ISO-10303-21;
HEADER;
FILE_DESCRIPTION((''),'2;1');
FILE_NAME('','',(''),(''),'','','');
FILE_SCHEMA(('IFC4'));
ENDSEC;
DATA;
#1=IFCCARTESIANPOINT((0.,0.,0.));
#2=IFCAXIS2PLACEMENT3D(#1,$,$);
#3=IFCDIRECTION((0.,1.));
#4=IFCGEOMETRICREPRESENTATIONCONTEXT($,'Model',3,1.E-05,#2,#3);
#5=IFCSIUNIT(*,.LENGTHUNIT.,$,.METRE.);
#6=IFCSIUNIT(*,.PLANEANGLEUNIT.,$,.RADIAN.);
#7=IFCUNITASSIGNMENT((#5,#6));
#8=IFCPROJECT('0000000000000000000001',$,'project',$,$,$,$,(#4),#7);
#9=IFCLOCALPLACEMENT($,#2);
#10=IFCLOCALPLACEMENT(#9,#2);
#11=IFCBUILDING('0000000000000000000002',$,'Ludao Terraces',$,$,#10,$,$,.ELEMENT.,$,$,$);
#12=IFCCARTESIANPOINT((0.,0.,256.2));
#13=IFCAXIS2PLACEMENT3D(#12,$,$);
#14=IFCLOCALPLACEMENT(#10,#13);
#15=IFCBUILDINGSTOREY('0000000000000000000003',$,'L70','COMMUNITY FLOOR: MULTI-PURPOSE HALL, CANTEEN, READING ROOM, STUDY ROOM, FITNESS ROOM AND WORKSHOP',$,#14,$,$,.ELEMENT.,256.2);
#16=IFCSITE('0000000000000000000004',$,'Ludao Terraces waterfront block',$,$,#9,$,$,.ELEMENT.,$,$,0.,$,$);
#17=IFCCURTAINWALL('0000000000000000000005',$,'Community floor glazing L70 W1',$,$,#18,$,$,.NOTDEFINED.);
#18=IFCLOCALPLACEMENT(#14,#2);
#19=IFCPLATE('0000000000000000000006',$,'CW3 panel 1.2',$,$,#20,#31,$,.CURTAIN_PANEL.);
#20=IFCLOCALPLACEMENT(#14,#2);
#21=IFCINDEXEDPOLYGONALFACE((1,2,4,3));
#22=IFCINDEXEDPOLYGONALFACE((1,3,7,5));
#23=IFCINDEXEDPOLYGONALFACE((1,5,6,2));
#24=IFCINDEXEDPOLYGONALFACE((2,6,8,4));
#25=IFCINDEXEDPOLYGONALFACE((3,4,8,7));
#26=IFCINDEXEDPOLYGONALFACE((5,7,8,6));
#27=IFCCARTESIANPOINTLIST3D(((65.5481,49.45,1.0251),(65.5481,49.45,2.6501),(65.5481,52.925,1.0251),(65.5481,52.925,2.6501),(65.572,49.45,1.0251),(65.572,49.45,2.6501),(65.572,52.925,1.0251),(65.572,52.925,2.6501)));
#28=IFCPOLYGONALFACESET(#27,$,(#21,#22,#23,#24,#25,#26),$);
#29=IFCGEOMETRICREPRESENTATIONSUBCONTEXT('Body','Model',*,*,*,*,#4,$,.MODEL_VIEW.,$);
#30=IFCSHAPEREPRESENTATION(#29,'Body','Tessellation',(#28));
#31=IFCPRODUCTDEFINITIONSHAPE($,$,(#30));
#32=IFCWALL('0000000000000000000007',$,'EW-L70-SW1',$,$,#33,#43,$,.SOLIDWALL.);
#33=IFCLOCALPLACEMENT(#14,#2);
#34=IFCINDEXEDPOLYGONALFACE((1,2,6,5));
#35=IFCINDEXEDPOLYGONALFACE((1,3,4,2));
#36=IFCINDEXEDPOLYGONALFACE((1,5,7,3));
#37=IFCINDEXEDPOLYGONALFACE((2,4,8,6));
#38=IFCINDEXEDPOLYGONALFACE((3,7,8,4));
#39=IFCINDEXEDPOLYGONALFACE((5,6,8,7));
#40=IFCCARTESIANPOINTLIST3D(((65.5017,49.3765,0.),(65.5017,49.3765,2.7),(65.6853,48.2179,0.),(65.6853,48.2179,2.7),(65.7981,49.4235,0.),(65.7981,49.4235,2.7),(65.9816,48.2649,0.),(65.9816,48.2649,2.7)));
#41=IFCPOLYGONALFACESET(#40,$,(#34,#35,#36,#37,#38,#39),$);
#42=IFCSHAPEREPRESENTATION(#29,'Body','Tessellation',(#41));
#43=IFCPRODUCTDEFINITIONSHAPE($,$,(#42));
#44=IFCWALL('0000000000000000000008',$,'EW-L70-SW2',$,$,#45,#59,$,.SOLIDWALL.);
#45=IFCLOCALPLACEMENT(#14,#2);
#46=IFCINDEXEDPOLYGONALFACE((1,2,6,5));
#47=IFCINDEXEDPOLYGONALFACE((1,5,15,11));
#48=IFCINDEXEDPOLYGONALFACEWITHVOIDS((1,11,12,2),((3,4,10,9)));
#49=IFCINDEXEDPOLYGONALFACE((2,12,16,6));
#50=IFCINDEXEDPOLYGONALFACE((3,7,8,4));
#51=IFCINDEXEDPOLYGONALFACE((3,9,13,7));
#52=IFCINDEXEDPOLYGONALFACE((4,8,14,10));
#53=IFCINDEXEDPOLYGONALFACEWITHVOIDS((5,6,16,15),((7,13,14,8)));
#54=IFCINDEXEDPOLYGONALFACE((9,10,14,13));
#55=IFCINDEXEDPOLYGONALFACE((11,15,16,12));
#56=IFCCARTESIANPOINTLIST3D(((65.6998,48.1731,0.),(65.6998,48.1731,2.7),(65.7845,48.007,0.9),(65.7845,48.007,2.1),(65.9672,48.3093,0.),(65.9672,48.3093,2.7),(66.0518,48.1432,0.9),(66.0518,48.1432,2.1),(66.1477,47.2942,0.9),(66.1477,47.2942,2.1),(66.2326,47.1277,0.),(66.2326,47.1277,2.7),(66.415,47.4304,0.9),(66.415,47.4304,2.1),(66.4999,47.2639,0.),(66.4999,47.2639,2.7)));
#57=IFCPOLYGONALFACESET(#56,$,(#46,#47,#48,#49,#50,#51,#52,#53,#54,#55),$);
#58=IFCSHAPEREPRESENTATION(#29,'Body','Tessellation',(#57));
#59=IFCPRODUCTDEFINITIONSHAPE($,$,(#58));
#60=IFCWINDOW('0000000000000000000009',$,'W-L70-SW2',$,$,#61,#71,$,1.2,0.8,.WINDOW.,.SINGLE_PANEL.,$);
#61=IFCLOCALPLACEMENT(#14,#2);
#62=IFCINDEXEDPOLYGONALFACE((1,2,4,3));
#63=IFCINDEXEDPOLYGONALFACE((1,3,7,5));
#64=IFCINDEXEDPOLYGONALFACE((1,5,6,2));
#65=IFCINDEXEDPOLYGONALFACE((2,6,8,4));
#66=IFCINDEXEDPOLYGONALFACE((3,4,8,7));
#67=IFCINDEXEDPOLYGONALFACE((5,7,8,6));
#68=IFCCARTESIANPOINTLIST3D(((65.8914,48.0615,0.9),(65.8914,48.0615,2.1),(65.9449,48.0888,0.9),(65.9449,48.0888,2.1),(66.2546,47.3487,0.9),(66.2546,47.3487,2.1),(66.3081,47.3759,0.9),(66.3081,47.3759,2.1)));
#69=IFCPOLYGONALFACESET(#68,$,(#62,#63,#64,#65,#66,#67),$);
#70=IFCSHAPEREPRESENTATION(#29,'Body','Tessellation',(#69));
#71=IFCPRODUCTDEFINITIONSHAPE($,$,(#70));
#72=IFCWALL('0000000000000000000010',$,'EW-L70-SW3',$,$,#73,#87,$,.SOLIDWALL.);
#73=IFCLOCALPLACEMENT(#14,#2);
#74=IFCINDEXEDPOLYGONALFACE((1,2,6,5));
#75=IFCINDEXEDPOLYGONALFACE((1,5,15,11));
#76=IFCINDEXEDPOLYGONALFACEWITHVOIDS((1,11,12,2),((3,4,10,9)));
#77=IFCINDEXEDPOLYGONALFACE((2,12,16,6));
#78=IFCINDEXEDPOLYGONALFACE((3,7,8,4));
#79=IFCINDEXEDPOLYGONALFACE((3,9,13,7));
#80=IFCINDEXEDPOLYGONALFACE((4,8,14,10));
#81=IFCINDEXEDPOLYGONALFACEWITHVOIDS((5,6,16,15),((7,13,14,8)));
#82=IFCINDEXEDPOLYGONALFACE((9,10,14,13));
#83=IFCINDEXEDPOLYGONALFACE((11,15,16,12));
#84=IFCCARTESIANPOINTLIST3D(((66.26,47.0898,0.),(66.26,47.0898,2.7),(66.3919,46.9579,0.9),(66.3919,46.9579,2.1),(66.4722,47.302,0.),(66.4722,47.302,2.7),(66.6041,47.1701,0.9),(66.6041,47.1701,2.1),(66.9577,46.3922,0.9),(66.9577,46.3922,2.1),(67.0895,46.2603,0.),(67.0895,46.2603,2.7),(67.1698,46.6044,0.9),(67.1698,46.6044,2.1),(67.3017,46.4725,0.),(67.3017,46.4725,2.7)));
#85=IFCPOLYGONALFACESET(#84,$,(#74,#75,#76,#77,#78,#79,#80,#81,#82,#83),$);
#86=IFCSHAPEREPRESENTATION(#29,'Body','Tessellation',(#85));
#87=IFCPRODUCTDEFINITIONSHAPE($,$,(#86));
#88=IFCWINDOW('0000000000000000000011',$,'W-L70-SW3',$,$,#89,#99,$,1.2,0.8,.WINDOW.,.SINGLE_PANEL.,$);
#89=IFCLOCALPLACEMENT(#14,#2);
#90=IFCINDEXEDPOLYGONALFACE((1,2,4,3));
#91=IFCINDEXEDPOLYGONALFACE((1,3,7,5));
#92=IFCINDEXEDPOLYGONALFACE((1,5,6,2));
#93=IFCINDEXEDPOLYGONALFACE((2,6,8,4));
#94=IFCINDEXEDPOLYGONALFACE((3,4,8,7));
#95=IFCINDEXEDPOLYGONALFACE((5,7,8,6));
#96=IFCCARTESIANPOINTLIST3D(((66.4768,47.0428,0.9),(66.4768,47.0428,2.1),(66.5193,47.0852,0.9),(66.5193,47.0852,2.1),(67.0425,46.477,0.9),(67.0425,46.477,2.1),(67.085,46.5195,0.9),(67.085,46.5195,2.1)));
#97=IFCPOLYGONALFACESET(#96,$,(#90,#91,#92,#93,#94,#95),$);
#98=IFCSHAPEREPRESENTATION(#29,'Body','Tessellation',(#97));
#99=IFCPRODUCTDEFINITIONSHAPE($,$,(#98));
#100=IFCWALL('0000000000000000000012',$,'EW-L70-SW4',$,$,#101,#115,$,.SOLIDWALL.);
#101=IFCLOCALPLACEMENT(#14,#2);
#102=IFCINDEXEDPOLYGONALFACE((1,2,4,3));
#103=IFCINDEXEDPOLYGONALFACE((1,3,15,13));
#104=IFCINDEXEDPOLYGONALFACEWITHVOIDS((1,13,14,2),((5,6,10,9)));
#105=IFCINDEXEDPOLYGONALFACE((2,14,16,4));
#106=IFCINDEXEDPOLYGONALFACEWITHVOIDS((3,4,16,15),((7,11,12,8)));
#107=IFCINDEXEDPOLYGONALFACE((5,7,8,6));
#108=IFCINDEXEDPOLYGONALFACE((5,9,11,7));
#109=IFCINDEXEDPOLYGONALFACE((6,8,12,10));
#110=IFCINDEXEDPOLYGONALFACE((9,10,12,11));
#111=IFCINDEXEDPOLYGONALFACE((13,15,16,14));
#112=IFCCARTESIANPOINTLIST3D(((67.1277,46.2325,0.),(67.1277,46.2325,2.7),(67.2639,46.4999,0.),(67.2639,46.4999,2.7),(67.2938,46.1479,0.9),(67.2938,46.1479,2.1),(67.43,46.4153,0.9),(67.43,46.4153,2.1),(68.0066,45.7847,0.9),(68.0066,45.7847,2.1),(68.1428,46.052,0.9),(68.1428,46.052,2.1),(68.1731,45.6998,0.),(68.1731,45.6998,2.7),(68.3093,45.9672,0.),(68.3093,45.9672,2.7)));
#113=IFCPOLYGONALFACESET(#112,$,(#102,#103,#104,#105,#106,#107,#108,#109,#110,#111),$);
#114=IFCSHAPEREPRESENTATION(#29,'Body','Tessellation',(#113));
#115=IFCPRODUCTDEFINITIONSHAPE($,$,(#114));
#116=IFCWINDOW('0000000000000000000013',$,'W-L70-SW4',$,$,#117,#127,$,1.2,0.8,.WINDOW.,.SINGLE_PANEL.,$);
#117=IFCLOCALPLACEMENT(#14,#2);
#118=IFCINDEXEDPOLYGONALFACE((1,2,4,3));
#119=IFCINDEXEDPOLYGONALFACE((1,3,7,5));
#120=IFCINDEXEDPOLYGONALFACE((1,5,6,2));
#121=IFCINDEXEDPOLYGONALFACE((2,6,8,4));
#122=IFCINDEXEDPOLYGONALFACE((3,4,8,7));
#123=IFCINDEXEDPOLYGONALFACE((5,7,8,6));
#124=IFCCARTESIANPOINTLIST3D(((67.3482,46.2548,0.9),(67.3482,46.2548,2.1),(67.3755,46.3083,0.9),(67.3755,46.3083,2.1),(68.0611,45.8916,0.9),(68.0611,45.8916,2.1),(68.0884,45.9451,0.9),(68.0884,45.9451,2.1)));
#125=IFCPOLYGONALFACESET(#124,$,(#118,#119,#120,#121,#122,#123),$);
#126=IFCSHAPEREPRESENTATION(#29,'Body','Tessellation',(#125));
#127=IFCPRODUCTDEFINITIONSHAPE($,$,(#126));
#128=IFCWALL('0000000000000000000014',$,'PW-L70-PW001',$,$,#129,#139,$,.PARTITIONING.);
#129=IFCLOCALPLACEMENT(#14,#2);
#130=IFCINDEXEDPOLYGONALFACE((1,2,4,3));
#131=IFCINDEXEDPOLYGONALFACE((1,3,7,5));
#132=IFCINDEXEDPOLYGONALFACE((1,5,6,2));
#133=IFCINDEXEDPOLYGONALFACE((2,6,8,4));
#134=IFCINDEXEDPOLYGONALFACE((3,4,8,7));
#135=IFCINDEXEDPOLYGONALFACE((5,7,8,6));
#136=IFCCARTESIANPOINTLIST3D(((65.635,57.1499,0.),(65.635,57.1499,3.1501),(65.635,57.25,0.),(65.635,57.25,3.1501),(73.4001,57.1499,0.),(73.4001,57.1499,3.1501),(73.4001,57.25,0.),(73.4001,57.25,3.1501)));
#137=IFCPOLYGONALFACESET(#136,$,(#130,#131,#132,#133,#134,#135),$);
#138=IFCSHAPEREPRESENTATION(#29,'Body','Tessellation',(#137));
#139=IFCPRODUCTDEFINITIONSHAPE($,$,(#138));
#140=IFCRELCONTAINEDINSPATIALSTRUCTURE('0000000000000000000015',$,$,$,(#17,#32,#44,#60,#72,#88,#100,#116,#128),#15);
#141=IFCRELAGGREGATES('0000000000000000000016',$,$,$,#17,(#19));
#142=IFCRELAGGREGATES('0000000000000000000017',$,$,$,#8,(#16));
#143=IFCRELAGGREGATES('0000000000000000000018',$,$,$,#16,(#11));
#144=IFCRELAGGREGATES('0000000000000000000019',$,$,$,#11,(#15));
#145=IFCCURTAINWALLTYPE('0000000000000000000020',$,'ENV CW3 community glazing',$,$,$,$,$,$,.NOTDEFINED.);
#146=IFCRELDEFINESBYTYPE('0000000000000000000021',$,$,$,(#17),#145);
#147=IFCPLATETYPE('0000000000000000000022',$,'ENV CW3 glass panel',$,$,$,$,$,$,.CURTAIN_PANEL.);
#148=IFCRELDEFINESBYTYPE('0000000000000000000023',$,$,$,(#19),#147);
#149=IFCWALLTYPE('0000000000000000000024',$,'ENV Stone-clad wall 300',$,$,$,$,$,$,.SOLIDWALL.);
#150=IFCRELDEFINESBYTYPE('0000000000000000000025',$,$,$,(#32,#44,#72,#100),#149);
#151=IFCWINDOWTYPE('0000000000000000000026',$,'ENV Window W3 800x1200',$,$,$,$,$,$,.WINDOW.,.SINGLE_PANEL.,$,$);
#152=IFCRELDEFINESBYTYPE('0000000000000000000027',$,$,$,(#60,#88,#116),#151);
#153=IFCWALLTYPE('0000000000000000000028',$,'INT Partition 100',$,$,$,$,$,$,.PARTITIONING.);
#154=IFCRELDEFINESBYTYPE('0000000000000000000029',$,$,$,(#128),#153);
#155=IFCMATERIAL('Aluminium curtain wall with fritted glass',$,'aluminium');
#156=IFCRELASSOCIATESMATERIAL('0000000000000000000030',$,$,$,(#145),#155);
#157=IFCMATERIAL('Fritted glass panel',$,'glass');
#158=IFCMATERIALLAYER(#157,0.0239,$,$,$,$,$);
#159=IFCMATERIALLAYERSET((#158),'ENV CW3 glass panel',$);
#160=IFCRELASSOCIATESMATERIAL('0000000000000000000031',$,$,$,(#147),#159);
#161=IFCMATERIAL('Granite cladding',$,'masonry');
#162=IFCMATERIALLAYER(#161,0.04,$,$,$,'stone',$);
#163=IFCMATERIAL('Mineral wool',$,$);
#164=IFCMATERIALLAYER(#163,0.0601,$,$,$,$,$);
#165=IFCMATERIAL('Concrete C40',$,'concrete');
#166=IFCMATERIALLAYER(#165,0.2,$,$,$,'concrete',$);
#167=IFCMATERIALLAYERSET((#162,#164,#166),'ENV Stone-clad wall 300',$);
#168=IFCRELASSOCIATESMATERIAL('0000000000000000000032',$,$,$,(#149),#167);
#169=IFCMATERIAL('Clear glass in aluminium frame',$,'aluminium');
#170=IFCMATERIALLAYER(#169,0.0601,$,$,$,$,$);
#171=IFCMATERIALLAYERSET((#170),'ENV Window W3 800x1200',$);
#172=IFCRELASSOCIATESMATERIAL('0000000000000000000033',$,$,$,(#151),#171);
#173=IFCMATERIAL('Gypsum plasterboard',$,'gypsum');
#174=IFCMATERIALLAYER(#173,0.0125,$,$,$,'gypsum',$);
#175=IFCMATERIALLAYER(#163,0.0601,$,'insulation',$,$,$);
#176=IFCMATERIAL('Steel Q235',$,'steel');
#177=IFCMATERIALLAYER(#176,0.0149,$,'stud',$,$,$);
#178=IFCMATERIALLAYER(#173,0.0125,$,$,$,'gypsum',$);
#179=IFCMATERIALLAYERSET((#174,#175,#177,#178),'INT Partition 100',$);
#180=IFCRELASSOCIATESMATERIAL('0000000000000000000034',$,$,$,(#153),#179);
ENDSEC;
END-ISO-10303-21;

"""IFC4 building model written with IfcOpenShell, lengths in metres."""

from ifc_helpers import new_model, si_unit, direction, frame, frame_2d, origin, origin_2d, place, context, subcontext, project, spatial, rectangle, extrude, material, layer, layer_set, type_object, element, fill, aggregate, save


model = new_model("IFC4")

# Units and contexts
model_context = context("Model", 3, precision=1e-05, world=origin(), true_north=direction((0.0, 1.0)))
body_context = subcontext(model_context, "Body", "Model", "MODEL_VIEW")
ifc_project = project(units=[si_unit("LENGTHUNIT", "METRE"), si_unit("PLANEANGLEUNIT", "RADIAN")], contexts=[model_context])

# Site, building, storey
site_placement = place(None, origin())
site = spatial("IfcSite", under=ifc_project, at=site_placement, Name="Ludao Terraces waterfront block", CompositionType="ELEMENT", RefElevation=0.0)
building_placement = place(site_placement, origin())
building = spatial("IfcBuilding", under=site, at=building_placement, Name="Ludao Terraces", CompositionType="ELEMENT")
storey_placement = place(building_placement, frame((0.0, 0.0, 256.2)))
storey = spatial("IfcBuildingStorey", under=building, at=storey_placement, Name="L70", Description="COMMUNITY FLOOR: MULTI-PURPOSE HALL, CANTEEN, READING ROOM, STUDY ROOM, FITNESS ROOM AND WORKSHOP", CompositionType="ELEMENT", Elevation=256.2)

# Shared definitions
ifc_material_1 = material(Name="Concrete C40", Category="concrete")

# Curtain wall
ifc_material_2 = material(Name="Aluminium curtain wall with fritted glass", Category="aluminium")
curtain_wall_type = type_object("IfcCurtainWallType", Name="ENV CW3 community glazing", PredefinedType="NOTDEFINED", material=ifc_material_2)
curtain_wall_placement = place(storey_placement, origin())
curtain_wall = element("IfcCurtainWall", 1, at=curtain_wall_placement, inside=storey, type_object=curtain_wall_type, Name="Community floor glazing L70 W1", PredefinedType="NOTDEFINED")

# Plate
ifc_material_3 = material(Name="Fritted glass panel", Category="glass")
ifc_layer_1 = layer(ifc_material_3, 0.0239)
ifc_layer_set_1 = layer_set([ifc_layer_1], Name="ENV CW3 glass panel")
plate_type = type_object("IfcPlateType", Name="ENV CW3 glass panel", PredefinedType="CURTAIN_PANEL", material=ifc_layer_set_1)
plate_1_placement = place(storey_placement, frame((65.5601, 51.1875, 1.0251), z_axis=(0.0, 0.0, 1.0), x_axis=(0.0, 1.0, 0.0)))
plate_1 = element("IfcPlate", 2, at=plate_1_placement, type_object=plate_type, Name="CW3 panel 1.2", PredefinedType="CURTAIN_PANEL", context=body_context, shape_type="SweptSolid", body=[
    extrude(rectangle(XDim=3.4751, YDim=0.0239, at=origin_2d()), origin(), (0.0, 0.0, 1.0), 1.625),
])
aggregate(curtain_wall, [plate_1])

# Shared definitions
ifc_material_4 = material(Name="Granite cladding", Category="masonry")
ifc_layer_2 = layer(ifc_material_4, 0.04, Category="stone")
ifc_material_5 = material(Name="Mineral wool")
ifc_layer_3 = layer(ifc_material_5, 0.0601)
ifc_layer_4 = layer(ifc_material_1, 0.2, Category="concrete")
ifc_layer_set_2 = layer_set([ifc_layer_2, ifc_layer_3, ifc_layer_4], Name="ENV Stone-clad wall 300")
wall_type_1 = type_object("IfcWallType", Name="ENV Stone-clad wall 300", PredefinedType="SOLIDWALL", material=ifc_layer_set_2)
ifc_material_6 = material(Name="Clear glass in aluminium frame", Category="aluminium")

# Wall
wall_1_placement = place(storey_placement, frame((65.6499, 49.3999, 0.0), z_axis=(0.0, 0.0, 1.0), x_axis=(0.156497, -0.987678, 0.0)))
element("IfcWall", 3, at=wall_1_placement, inside=storey, type_object=wall_type_1, Name="EW-L70-SW1", PredefinedType="SOLIDWALL", context=body_context, shape_type="SweptSolid", body=[
    extrude(rectangle(XDim=1.1731, YDim=0.3, at=frame_2d((0.5864, 0.0))), origin(), (0.0, 0.0, 1.0), 2.7),
])

# Walls, openings, windows
wall_2_placement = place(storey_placement, frame((65.8335, 48.2412, 0.0), z_axis=(0.0, 0.0, 1.0), x_axis=(0.454026, -0.890989, 0.0)))
wall_2 = element("IfcWall", 4, at=wall_2_placement, inside=storey, type_object=wall_type_1, Name="EW-L70-SW2", PredefinedType="SOLIDWALL", context=body_context, shape_type="SweptSolid", body=[
    extrude(rectangle(XDim=1.1733, YDim=0.3, at=frame_2d((0.5867, 0.0))), origin(), (0.0, 0.0, 1.0), 2.7),
])
opening_1_placement = place(wall_2_placement, frame((0.1865, 0.0, 0.8999)))
opening_1 = element("IfcOpeningElement", 5, at=opening_1_placement, cuts=wall_2, PredefinedType="OPENING", context=body_context, shape_type="SweptSolid", body=[
    extrude(rectangle(XDim=0.8, YDim=1.2, at=frame_2d((0.3999, 0.6001))), frame((0.0, 0.1602, 0.0), z_axis=(0.0, -1.0, 0.0), x_axis=(1.0, 0.0, 0.0)), (0.0, 0.0, 1.0), 0.3201),
])
ifc_layer_5 = layer(ifc_material_6, 0.0601)
ifc_layer_set_3 = layer_set([ifc_layer_5], Name="ENV Window W3 800x1200")
window_type_1 = type_object("IfcWindowType", Name="ENV Window W3 800x1200", PartitioningType="SINGLE_PANEL", PredefinedType="WINDOW", material=ifc_layer_set_3)
window_1_placement = place(opening_1_placement, origin())
window_1 = element("IfcWindow", 6, at=window_1_placement, inside=storey, type_object=window_type_1, Name="W-L70-SW2", OverallHeight=1.2, OverallWidth=0.8, PartitioningType="SINGLE_PANEL", PredefinedType="WINDOW", context=body_context, shape_type="SweptSolid", body=[
    extrude(rectangle(XDim=0.8, YDim=1.2, at=frame_2d((0.3999, 0.6001))), frame((0.0, 0.03, 0.0), z_axis=(0.0, -1.0, 0.0), x_axis=(1.0, 0.0, 0.0)), (0.0, 0.0, 1.0), 0.0601),
])
fill(opening_1, window_1)
wall_3_placement = place(storey_placement, frame((66.3662, 47.1958, 0.0), z_axis=(0.0, 0.0, 1.0), x_axis=(0.707107, -0.707107, 0.0)))
wall_3 = element("IfcWall", 7, at=wall_3_placement, inside=storey, type_object=wall_type_1, Name="EW-L70-SW3", PredefinedType="SOLIDWALL", context=body_context, shape_type="SweptSolid", body=[
    extrude(rectangle(XDim=1.1731, YDim=0.3, at=frame_2d((0.5864, 0.0))), origin(), (0.0, 0.0, 1.0), 2.7),
])
opening_2_placement = place(wall_3_placement, frame((0.1865, 0.0, 0.8999)))
opening_2 = element("IfcOpeningElement", 8, at=opening_2_placement, cuts=wall_3, PredefinedType="OPENING", context=body_context, shape_type="SweptSolid", body=[
    extrude(rectangle(XDim=0.8, YDim=1.2, at=frame_2d((0.3999, 0.6001))), frame((0.0, 0.1602, 0.0), z_axis=(0.0, -1.0, 0.0), x_axis=(1.0, 0.0, 0.0)), (0.0, 0.0, 1.0), 0.3201),
])
window_2_placement = place(opening_2_placement, origin())
window_2 = element("IfcWindow", 9, at=window_2_placement, inside=storey, type_object=window_type_1, Name="W-L70-SW3", OverallHeight=1.2, OverallWidth=0.8, PartitioningType="SINGLE_PANEL", PredefinedType="WINDOW", context=body_context, shape_type="SweptSolid", body=[
    extrude(rectangle(XDim=0.8, YDim=1.2, at=frame_2d((0.3999, 0.6001))), frame((0.0, 0.03, 0.0), z_axis=(0.0, -1.0, 0.0), x_axis=(1.0, 0.0, 0.0)), (0.0, 0.0, 1.0), 0.0601),
])
fill(opening_2, window_2)
wall_4_placement = place(storey_placement, frame((67.1958, 46.3662, 0.0), z_axis=(0.0, 0.0, 1.0), x_axis=(0.890989, -0.454026, 0.0)))
wall_4 = element("IfcWall", 10, at=wall_4_placement, inside=storey, type_object=wall_type_1, Name="EW-L70-SW4", PredefinedType="SOLIDWALL", context=body_context, shape_type="SweptSolid", body=[
    extrude(rectangle(XDim=1.1733, YDim=0.3, at=frame_2d((0.5867, 0.0))), origin(), (0.0, 0.0, 1.0), 2.7),
])
opening_3_placement = place(wall_4_placement, frame((0.1865, 0.0, 0.8999)))
opening_3 = element("IfcOpeningElement", 11, at=opening_3_placement, cuts=wall_4, PredefinedType="OPENING", context=body_context, shape_type="SweptSolid", body=[
    extrude(rectangle(XDim=0.8, YDim=1.2, at=frame_2d((0.3999, 0.6001))), frame((0.0, 0.1602, 0.0), z_axis=(0.0, -1.0, 0.0), x_axis=(1.0, 0.0, 0.0)), (0.0, 0.0, 1.0), 0.3201),
])
window_3_placement = place(opening_3_placement, origin())
window_3 = element("IfcWindow", 12, at=window_3_placement, inside=storey, type_object=window_type_1, Name="W-L70-SW4", OverallHeight=1.2, OverallWidth=0.8, PartitioningType="SINGLE_PANEL", PredefinedType="WINDOW", context=body_context, shape_type="SweptSolid", body=[
    extrude(rectangle(XDim=0.8, YDim=1.2, at=frame_2d((0.3999, 0.6001))), frame((0.0, 0.03, 0.0), z_axis=(0.0, -1.0, 0.0), x_axis=(1.0, 0.0, 0.0)), (0.0, 0.0, 1.0), 0.0601),
])
fill(opening_3, window_3)

# Wall
ifc_material_7 = material(Name="Gypsum plasterboard", Category="gypsum")
ifc_layer_6 = layer(ifc_material_7, 0.0125, Category="gypsum")
ifc_layer_7 = layer(ifc_material_5, 0.0601, Name="insulation")
ifc_material_8 = material(Name="Steel Q235", Category="steel")
ifc_layer_8 = layer(ifc_material_8, 0.0149, Name="stud")
ifc_layer_9 = layer(ifc_material_7, 0.0125, Category="gypsum")
ifc_layer_set_4 = layer_set([ifc_layer_6, ifc_layer_7, ifc_layer_8, ifc_layer_9], Name="INT Partition 100")
wall_type_2 = type_object("IfcWallType", Name="INT Partition 100", PredefinedType="PARTITIONING", material=ifc_layer_set_4)
wall_5_placement = place(storey_placement, frame((65.635, 57.2, 0.0), z_axis=(0.0, 0.0, 1.0), x_axis=(1.0, 0.0, 0.0)))
element("IfcWall", 13, at=wall_5_placement, inside=storey, type_object=wall_type_2, Name="PW-L70-PW001", PredefinedType="PARTITIONING", context=body_context, shape_type="SweptSolid", body=[
    extrude(rectangle(XDim=7.7651, YDim=0.1001, at=frame_2d((3.8826, 0.0))), origin(), (0.0, 0.0, 1.0), 3.1501),
])

save(model, "model.ifc")
